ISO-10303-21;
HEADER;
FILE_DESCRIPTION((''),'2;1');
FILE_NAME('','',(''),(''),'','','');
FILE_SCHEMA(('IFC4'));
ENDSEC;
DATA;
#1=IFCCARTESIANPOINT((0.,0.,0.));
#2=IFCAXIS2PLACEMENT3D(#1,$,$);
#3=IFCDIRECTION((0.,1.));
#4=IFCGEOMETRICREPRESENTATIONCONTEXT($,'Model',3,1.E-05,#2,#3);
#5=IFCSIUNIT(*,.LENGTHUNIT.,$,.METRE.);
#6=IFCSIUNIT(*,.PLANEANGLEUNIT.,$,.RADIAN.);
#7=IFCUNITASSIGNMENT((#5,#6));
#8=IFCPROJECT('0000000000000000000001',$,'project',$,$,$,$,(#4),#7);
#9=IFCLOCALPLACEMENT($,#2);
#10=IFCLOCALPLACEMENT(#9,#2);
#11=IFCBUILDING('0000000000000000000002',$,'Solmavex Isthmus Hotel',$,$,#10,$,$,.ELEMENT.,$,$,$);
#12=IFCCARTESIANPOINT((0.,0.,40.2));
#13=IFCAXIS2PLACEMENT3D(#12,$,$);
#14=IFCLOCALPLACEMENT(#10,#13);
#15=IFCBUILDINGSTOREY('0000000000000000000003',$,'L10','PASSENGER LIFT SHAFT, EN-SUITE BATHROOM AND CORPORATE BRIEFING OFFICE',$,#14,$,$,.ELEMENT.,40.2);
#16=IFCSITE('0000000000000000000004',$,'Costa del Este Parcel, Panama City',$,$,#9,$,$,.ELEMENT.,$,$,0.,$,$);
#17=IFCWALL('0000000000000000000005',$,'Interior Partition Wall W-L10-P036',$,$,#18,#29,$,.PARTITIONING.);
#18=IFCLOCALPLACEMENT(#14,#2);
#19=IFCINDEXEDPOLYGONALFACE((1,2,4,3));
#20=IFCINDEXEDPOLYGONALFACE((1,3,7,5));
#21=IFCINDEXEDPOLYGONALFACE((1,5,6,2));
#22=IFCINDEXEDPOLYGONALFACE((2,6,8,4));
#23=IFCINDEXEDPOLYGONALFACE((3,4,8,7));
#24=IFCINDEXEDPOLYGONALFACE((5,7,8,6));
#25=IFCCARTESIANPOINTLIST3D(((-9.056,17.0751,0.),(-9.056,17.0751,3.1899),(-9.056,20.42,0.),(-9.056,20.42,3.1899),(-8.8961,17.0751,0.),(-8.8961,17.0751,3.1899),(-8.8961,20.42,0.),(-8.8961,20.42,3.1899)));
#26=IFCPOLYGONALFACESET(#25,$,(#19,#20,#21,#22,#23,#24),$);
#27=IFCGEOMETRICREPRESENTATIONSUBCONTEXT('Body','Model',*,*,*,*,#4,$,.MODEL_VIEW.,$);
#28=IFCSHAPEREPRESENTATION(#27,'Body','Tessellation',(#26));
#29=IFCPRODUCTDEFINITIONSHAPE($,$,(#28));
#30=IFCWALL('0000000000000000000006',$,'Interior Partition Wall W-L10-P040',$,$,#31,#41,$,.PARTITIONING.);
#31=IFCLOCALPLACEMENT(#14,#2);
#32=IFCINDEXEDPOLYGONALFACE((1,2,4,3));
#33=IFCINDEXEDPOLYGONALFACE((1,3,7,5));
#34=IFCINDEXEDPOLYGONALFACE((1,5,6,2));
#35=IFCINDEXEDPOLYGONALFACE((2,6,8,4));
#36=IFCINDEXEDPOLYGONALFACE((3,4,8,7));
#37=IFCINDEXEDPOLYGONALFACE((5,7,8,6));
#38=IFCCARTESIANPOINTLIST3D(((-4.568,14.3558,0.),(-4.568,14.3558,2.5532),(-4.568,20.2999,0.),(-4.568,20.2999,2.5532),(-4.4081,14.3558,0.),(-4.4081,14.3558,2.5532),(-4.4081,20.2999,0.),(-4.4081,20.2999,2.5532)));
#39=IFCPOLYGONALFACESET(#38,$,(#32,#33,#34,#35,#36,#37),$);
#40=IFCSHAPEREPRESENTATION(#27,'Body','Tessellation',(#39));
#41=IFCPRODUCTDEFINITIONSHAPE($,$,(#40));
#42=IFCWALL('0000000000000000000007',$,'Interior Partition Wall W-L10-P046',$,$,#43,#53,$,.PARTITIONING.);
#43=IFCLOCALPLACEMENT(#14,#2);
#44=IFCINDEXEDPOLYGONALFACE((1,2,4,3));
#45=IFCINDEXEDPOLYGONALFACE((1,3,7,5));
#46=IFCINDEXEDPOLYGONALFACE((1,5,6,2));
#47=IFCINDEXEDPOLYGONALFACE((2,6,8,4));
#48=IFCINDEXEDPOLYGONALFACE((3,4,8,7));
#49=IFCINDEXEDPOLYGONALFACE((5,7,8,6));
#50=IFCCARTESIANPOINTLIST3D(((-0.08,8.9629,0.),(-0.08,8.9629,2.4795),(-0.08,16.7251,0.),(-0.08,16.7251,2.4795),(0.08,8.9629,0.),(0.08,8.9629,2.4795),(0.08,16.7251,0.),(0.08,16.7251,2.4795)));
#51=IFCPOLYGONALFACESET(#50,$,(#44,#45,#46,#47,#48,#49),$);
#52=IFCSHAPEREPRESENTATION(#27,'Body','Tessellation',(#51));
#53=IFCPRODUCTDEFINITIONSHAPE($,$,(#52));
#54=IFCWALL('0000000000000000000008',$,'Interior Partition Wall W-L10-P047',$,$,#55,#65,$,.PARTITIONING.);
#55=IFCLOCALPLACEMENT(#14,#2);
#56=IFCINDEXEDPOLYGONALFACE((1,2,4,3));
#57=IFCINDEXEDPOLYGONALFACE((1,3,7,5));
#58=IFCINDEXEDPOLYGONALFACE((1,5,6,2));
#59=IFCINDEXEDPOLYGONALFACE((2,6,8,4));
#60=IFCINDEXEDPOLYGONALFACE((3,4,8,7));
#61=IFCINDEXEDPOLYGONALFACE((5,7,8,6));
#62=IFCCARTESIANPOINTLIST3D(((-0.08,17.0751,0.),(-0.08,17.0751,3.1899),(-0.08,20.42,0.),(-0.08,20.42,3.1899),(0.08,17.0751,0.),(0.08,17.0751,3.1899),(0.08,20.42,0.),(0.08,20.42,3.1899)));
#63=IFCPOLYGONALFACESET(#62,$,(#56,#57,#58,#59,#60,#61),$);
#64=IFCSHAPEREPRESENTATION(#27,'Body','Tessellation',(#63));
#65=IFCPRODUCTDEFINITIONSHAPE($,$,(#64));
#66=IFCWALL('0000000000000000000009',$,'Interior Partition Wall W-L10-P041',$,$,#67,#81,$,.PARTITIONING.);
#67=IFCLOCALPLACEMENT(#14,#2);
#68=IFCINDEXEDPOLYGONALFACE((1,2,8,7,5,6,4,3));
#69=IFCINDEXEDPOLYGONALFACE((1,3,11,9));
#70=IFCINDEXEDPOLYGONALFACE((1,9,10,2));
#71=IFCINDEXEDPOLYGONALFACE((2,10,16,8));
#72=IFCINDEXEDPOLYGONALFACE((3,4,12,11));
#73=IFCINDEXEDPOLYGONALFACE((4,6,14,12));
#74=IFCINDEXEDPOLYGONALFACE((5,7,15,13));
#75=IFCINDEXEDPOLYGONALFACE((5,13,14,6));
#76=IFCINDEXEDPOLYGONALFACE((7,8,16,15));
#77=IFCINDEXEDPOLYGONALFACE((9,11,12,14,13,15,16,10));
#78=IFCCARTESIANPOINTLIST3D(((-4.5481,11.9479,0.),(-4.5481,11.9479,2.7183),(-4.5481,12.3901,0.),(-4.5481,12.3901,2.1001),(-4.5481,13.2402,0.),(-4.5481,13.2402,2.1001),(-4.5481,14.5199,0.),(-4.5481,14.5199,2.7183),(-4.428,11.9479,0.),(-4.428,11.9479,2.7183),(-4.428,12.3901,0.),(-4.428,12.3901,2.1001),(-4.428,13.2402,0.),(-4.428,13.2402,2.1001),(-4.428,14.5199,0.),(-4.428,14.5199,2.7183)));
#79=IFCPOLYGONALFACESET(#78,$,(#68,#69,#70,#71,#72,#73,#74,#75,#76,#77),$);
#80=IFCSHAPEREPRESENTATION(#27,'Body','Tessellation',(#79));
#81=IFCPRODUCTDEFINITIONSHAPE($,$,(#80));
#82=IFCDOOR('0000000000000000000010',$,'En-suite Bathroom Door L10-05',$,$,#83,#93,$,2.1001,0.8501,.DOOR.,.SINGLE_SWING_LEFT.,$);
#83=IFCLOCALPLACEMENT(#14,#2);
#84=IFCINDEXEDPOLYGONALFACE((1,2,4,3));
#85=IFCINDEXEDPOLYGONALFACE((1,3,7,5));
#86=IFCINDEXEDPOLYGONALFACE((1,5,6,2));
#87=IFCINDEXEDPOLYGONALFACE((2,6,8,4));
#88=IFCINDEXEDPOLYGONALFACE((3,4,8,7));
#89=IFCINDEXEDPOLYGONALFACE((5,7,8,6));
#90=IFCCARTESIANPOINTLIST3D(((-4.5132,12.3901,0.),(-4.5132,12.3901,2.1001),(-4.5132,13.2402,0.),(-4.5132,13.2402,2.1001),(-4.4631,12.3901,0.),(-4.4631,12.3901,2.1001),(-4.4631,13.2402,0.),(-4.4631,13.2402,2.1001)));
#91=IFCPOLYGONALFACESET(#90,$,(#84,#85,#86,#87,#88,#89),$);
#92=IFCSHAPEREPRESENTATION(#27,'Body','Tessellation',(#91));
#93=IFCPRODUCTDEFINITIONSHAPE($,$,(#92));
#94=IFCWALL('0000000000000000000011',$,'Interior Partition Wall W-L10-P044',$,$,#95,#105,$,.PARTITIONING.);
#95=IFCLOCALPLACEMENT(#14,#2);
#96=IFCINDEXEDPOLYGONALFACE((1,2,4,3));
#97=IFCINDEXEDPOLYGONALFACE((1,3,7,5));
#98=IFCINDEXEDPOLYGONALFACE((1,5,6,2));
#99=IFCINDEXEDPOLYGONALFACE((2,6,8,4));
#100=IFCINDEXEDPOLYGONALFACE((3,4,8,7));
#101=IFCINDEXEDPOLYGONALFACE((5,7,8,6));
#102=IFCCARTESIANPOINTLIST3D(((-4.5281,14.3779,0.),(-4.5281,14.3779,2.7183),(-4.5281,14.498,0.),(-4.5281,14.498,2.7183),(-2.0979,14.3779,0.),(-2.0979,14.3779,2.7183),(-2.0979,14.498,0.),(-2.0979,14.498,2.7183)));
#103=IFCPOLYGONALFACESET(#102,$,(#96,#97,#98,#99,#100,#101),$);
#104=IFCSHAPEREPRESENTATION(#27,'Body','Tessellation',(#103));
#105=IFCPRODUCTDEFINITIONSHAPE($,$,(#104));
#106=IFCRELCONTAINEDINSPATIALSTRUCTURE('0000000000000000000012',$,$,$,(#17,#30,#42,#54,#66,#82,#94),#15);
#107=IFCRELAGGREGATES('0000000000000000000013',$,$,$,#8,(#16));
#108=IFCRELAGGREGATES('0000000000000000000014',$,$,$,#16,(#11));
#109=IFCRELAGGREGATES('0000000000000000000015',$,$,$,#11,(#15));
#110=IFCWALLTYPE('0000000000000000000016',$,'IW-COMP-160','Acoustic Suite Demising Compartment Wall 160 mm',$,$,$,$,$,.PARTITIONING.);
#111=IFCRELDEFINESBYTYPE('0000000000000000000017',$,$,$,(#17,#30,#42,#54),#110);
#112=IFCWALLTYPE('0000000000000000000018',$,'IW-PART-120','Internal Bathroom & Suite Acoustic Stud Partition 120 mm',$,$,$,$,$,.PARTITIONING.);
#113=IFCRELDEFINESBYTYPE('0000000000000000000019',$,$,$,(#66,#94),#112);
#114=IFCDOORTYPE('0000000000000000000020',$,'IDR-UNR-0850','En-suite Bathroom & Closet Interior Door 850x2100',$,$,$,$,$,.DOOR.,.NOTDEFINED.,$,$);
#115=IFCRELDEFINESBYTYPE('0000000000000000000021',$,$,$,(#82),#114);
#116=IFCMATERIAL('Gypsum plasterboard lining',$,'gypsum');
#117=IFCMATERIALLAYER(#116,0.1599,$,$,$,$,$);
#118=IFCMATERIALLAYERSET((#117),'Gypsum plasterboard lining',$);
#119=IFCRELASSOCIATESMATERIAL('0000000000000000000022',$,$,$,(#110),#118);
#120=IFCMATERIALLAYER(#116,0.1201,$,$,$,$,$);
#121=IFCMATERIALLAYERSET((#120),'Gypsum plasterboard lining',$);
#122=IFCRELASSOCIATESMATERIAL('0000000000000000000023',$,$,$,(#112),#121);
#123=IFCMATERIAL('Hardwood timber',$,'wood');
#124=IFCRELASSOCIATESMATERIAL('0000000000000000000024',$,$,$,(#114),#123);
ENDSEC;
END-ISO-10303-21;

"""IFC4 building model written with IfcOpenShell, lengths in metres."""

from ifc_helpers import new_model, si_unit, direction, frame, frame_2d, origin, place, context, subcontext, project, spatial, rectangle, extrude, material, layer, layer_set, type_object, element, fill, save


model = new_model("IFC4")

# Units and contexts
model_context = context("Model", 3, precision=1e-05, world=origin(), true_north=direction((0.0, 1.0)))
body_context = subcontext(model_context, "Body", "Model", "MODEL_VIEW")
ifc_project = project(units=[si_unit("LENGTHUNIT", "METRE"), si_unit("PLANEANGLEUNIT", "RADIAN")], contexts=[model_context])

# Site, building, storey
site_placement = place(None, origin())
site = spatial("IfcSite", under=ifc_project, at=site_placement, Name="Costa del Este Parcel, Panama City", CompositionType="ELEMENT", RefElevation=0.0)
building_placement = place(site_placement, origin())
building = spatial("IfcBuilding", under=site, at=building_placement, Name="Solmavex Isthmus Hotel", CompositionType="ELEMENT")
storey_placement = place(building_placement, frame((0.0, 0.0, 40.2)))
storey = spatial("IfcBuildingStorey", under=building, at=storey_placement, Name="L10", Description="PASSENGER LIFT SHAFT, EN-SUITE BATHROOM AND CORPORATE BRIEFING OFFICE", CompositionType="ELEMENT", Elevation=40.2)

# Walls
ifc_material_1 = material(Name="Gypsum plasterboard lining", Category="gypsum")
ifc_layer_1 = layer(ifc_material_1, 0.1599)
ifc_layer_set_1 = layer_set([ifc_layer_1], Name="Gypsum plasterboard lining")
wall_type_1 = type_object("IfcWallType", Name="IW-COMP-160", Description="Acoustic Suite Demising Compartment Wall 160 mm", PredefinedType="PARTITIONING", material=ifc_layer_set_1)
wall_1_placement = place(storey_placement, frame((-8.9761, 20.4199, 0.0), z_axis=(0.0, 0.0, 1.0), x_axis=(0.0, -1.0, 0.0)))
element("IfcWall", 1, at=wall_1_placement, inside=storey, type_object=wall_type_1, Name="Interior Partition Wall W-L10-P036", PredefinedType="PARTITIONING", context=body_context, shape_type="SweptSolid", body=[
    extrude(rectangle(XDim=3.345, YDim=0.1599, at=frame_2d((1.6724, 0.0))), origin(), (0.0, 0.0, 1.0), 3.1899),
])
wall_2_placement = place(storey_placement, frame((-4.488, 20.3, 0.0), z_axis=(0.0, 0.0, 1.0), x_axis=(0.0, -1.0, 0.0)))
element("IfcWall", 2, at=wall_2_placement, inside=storey, type_object=wall_type_1, Name="Interior Partition Wall W-L10-P040", PredefinedType="PARTITIONING", context=body_context, shape_type="SweptSolid", body=[
    extrude(rectangle(XDim=5.9441, YDim=0.1599, at=frame_2d((2.9722, 0.0))), origin(), (0.0, 0.0, 1.0), 2.5532),
])
wall_3_placement = place(storey_placement, frame((0.0, 16.7251, 0.0), z_axis=(0.0, 0.0, 1.0), x_axis=(0.0, -1.0, 0.0)))
element("IfcWall", 3, at=wall_3_placement, inside=storey, type_object=wall_type_1, Name="Interior Partition Wall W-L10-P046", PredefinedType="PARTITIONING", context=body_context, shape_type="SweptSolid", body=[
    extrude(rectangle(XDim=7.7622, YDim=0.1599, at=frame_2d((3.8811, 0.0))), origin(), (0.0, 0.0, 1.0), 2.4795),
])
wall_4_placement = place(storey_placement, frame((0.0, 20.4199, 0.0), z_axis=(0.0, 0.0, 1.0), x_axis=(0.0, -1.0, 0.0)))
element("IfcWall", 4, at=wall_4_placement, inside=storey, type_object=wall_type_1, Name="Interior Partition Wall W-L10-P047", PredefinedType="PARTITIONING", context=body_context, shape_type="SweptSolid", body=[
    extrude(rectangle(XDim=3.345, YDim=0.1599, at=frame_2d((1.6724, 0.0))), origin(), (0.0, 0.0, 1.0), 3.1899),
])

# Wall, opening, door
ifc_layer_2 = layer(ifc_material_1, 0.1201)
ifc_layer_set_2 = layer_set([ifc_layer_2], Name="Gypsum plasterboard lining")
wall_type_2 = type_object("IfcWallType", Name="IW-PART-120", Description="Internal Bathroom & Suite Acoustic Stud Partition 120 mm", PredefinedType="PARTITIONING", material=ifc_layer_set_2)
wall_5_placement = place(storey_placement, frame((-4.488, 14.52, 0.0), z_axis=(0.0, 0.0, 1.0), x_axis=(0.0, -1.0, 0.0)))
wall_5 = element("IfcWall", 5, at=wall_5_placement, inside=storey, type_object=wall_type_2, Name="Interior Partition Wall W-L10-P041", PredefinedType="PARTITIONING", context=body_context, shape_type="SweptSolid", body=[
    extrude(rectangle(XDim=2.572, YDim=0.1201, at=frame_2d((1.2861, 0.0))), origin(), (0.0, 0.0, 1.0), 2.7183),
])
opening_placement = place(wall_5_placement, frame((1.2798, 0.0, 0.0)))
opening = element("IfcOpeningElement", 6, at=opening_placement, cuts=wall_5, PredefinedType="OPENING", context=body_context, shape_type="SweptSolid", body=[
    extrude(rectangle(XDim=0.8501, YDim=2.1001, at=frame_2d((0.425, 1.05))), frame((0.0, 0.0701, 0.0), z_axis=(0.0, -1.0, 0.0), x_axis=(1.0, 0.0, 0.0)), (0.0, 0.0, 1.0), 0.1401),
])
ifc_material_2 = material(Name="Hardwood timber", Category="wood")
door_type = type_object("IfcDoorType", Name="IDR-UNR-0850", Description="En-suite Bathroom & Closet Interior Door 850x2100", OperationType="NOTDEFINED", PredefinedType="DOOR", material=ifc_material_2)
door_placement = place(opening_placement, origin())
door = element("IfcDoor", 7, at=door_placement, inside=storey, type_object=door_type, Name="En-suite Bathroom Door L10-05", OperationType="SINGLE_SWING_LEFT", OverallHeight=2.1001, OverallWidth=0.8501, PredefinedType="DOOR", context=body_context, shape_type="SweptSolid", body=[
    extrude(rectangle(XDim=0.8501, YDim=2.1001, at=frame_2d((0.425, 1.05))), frame((0.0, 0.0249, 0.0), z_axis=(0.0, -1.0, 0.0), x_axis=(1.0, 0.0, 0.0)), (0.0, 0.0, 1.0), 0.05),
])
fill(opening, door)

# Wall
wall_6_placement = place(storey_placement, frame((-2.0979, 14.438, 0.0), z_axis=(0.0, 0.0, 1.0), x_axis=(-1.0, 0.0, 0.0)))
element("IfcWall", 8, at=wall_6_placement, inside=storey, type_object=wall_type_2, Name="Interior Partition Wall W-L10-P044", PredefinedType="PARTITIONING", context=body_context, shape_type="SweptSolid", body=[
    extrude(rectangle(XDim=2.4302, YDim=0.1201, at=frame_2d((1.2151, 0.0))), origin(), (0.0, 0.0, 1.0), 2.7183),
])

save(model, "model.ifc")
